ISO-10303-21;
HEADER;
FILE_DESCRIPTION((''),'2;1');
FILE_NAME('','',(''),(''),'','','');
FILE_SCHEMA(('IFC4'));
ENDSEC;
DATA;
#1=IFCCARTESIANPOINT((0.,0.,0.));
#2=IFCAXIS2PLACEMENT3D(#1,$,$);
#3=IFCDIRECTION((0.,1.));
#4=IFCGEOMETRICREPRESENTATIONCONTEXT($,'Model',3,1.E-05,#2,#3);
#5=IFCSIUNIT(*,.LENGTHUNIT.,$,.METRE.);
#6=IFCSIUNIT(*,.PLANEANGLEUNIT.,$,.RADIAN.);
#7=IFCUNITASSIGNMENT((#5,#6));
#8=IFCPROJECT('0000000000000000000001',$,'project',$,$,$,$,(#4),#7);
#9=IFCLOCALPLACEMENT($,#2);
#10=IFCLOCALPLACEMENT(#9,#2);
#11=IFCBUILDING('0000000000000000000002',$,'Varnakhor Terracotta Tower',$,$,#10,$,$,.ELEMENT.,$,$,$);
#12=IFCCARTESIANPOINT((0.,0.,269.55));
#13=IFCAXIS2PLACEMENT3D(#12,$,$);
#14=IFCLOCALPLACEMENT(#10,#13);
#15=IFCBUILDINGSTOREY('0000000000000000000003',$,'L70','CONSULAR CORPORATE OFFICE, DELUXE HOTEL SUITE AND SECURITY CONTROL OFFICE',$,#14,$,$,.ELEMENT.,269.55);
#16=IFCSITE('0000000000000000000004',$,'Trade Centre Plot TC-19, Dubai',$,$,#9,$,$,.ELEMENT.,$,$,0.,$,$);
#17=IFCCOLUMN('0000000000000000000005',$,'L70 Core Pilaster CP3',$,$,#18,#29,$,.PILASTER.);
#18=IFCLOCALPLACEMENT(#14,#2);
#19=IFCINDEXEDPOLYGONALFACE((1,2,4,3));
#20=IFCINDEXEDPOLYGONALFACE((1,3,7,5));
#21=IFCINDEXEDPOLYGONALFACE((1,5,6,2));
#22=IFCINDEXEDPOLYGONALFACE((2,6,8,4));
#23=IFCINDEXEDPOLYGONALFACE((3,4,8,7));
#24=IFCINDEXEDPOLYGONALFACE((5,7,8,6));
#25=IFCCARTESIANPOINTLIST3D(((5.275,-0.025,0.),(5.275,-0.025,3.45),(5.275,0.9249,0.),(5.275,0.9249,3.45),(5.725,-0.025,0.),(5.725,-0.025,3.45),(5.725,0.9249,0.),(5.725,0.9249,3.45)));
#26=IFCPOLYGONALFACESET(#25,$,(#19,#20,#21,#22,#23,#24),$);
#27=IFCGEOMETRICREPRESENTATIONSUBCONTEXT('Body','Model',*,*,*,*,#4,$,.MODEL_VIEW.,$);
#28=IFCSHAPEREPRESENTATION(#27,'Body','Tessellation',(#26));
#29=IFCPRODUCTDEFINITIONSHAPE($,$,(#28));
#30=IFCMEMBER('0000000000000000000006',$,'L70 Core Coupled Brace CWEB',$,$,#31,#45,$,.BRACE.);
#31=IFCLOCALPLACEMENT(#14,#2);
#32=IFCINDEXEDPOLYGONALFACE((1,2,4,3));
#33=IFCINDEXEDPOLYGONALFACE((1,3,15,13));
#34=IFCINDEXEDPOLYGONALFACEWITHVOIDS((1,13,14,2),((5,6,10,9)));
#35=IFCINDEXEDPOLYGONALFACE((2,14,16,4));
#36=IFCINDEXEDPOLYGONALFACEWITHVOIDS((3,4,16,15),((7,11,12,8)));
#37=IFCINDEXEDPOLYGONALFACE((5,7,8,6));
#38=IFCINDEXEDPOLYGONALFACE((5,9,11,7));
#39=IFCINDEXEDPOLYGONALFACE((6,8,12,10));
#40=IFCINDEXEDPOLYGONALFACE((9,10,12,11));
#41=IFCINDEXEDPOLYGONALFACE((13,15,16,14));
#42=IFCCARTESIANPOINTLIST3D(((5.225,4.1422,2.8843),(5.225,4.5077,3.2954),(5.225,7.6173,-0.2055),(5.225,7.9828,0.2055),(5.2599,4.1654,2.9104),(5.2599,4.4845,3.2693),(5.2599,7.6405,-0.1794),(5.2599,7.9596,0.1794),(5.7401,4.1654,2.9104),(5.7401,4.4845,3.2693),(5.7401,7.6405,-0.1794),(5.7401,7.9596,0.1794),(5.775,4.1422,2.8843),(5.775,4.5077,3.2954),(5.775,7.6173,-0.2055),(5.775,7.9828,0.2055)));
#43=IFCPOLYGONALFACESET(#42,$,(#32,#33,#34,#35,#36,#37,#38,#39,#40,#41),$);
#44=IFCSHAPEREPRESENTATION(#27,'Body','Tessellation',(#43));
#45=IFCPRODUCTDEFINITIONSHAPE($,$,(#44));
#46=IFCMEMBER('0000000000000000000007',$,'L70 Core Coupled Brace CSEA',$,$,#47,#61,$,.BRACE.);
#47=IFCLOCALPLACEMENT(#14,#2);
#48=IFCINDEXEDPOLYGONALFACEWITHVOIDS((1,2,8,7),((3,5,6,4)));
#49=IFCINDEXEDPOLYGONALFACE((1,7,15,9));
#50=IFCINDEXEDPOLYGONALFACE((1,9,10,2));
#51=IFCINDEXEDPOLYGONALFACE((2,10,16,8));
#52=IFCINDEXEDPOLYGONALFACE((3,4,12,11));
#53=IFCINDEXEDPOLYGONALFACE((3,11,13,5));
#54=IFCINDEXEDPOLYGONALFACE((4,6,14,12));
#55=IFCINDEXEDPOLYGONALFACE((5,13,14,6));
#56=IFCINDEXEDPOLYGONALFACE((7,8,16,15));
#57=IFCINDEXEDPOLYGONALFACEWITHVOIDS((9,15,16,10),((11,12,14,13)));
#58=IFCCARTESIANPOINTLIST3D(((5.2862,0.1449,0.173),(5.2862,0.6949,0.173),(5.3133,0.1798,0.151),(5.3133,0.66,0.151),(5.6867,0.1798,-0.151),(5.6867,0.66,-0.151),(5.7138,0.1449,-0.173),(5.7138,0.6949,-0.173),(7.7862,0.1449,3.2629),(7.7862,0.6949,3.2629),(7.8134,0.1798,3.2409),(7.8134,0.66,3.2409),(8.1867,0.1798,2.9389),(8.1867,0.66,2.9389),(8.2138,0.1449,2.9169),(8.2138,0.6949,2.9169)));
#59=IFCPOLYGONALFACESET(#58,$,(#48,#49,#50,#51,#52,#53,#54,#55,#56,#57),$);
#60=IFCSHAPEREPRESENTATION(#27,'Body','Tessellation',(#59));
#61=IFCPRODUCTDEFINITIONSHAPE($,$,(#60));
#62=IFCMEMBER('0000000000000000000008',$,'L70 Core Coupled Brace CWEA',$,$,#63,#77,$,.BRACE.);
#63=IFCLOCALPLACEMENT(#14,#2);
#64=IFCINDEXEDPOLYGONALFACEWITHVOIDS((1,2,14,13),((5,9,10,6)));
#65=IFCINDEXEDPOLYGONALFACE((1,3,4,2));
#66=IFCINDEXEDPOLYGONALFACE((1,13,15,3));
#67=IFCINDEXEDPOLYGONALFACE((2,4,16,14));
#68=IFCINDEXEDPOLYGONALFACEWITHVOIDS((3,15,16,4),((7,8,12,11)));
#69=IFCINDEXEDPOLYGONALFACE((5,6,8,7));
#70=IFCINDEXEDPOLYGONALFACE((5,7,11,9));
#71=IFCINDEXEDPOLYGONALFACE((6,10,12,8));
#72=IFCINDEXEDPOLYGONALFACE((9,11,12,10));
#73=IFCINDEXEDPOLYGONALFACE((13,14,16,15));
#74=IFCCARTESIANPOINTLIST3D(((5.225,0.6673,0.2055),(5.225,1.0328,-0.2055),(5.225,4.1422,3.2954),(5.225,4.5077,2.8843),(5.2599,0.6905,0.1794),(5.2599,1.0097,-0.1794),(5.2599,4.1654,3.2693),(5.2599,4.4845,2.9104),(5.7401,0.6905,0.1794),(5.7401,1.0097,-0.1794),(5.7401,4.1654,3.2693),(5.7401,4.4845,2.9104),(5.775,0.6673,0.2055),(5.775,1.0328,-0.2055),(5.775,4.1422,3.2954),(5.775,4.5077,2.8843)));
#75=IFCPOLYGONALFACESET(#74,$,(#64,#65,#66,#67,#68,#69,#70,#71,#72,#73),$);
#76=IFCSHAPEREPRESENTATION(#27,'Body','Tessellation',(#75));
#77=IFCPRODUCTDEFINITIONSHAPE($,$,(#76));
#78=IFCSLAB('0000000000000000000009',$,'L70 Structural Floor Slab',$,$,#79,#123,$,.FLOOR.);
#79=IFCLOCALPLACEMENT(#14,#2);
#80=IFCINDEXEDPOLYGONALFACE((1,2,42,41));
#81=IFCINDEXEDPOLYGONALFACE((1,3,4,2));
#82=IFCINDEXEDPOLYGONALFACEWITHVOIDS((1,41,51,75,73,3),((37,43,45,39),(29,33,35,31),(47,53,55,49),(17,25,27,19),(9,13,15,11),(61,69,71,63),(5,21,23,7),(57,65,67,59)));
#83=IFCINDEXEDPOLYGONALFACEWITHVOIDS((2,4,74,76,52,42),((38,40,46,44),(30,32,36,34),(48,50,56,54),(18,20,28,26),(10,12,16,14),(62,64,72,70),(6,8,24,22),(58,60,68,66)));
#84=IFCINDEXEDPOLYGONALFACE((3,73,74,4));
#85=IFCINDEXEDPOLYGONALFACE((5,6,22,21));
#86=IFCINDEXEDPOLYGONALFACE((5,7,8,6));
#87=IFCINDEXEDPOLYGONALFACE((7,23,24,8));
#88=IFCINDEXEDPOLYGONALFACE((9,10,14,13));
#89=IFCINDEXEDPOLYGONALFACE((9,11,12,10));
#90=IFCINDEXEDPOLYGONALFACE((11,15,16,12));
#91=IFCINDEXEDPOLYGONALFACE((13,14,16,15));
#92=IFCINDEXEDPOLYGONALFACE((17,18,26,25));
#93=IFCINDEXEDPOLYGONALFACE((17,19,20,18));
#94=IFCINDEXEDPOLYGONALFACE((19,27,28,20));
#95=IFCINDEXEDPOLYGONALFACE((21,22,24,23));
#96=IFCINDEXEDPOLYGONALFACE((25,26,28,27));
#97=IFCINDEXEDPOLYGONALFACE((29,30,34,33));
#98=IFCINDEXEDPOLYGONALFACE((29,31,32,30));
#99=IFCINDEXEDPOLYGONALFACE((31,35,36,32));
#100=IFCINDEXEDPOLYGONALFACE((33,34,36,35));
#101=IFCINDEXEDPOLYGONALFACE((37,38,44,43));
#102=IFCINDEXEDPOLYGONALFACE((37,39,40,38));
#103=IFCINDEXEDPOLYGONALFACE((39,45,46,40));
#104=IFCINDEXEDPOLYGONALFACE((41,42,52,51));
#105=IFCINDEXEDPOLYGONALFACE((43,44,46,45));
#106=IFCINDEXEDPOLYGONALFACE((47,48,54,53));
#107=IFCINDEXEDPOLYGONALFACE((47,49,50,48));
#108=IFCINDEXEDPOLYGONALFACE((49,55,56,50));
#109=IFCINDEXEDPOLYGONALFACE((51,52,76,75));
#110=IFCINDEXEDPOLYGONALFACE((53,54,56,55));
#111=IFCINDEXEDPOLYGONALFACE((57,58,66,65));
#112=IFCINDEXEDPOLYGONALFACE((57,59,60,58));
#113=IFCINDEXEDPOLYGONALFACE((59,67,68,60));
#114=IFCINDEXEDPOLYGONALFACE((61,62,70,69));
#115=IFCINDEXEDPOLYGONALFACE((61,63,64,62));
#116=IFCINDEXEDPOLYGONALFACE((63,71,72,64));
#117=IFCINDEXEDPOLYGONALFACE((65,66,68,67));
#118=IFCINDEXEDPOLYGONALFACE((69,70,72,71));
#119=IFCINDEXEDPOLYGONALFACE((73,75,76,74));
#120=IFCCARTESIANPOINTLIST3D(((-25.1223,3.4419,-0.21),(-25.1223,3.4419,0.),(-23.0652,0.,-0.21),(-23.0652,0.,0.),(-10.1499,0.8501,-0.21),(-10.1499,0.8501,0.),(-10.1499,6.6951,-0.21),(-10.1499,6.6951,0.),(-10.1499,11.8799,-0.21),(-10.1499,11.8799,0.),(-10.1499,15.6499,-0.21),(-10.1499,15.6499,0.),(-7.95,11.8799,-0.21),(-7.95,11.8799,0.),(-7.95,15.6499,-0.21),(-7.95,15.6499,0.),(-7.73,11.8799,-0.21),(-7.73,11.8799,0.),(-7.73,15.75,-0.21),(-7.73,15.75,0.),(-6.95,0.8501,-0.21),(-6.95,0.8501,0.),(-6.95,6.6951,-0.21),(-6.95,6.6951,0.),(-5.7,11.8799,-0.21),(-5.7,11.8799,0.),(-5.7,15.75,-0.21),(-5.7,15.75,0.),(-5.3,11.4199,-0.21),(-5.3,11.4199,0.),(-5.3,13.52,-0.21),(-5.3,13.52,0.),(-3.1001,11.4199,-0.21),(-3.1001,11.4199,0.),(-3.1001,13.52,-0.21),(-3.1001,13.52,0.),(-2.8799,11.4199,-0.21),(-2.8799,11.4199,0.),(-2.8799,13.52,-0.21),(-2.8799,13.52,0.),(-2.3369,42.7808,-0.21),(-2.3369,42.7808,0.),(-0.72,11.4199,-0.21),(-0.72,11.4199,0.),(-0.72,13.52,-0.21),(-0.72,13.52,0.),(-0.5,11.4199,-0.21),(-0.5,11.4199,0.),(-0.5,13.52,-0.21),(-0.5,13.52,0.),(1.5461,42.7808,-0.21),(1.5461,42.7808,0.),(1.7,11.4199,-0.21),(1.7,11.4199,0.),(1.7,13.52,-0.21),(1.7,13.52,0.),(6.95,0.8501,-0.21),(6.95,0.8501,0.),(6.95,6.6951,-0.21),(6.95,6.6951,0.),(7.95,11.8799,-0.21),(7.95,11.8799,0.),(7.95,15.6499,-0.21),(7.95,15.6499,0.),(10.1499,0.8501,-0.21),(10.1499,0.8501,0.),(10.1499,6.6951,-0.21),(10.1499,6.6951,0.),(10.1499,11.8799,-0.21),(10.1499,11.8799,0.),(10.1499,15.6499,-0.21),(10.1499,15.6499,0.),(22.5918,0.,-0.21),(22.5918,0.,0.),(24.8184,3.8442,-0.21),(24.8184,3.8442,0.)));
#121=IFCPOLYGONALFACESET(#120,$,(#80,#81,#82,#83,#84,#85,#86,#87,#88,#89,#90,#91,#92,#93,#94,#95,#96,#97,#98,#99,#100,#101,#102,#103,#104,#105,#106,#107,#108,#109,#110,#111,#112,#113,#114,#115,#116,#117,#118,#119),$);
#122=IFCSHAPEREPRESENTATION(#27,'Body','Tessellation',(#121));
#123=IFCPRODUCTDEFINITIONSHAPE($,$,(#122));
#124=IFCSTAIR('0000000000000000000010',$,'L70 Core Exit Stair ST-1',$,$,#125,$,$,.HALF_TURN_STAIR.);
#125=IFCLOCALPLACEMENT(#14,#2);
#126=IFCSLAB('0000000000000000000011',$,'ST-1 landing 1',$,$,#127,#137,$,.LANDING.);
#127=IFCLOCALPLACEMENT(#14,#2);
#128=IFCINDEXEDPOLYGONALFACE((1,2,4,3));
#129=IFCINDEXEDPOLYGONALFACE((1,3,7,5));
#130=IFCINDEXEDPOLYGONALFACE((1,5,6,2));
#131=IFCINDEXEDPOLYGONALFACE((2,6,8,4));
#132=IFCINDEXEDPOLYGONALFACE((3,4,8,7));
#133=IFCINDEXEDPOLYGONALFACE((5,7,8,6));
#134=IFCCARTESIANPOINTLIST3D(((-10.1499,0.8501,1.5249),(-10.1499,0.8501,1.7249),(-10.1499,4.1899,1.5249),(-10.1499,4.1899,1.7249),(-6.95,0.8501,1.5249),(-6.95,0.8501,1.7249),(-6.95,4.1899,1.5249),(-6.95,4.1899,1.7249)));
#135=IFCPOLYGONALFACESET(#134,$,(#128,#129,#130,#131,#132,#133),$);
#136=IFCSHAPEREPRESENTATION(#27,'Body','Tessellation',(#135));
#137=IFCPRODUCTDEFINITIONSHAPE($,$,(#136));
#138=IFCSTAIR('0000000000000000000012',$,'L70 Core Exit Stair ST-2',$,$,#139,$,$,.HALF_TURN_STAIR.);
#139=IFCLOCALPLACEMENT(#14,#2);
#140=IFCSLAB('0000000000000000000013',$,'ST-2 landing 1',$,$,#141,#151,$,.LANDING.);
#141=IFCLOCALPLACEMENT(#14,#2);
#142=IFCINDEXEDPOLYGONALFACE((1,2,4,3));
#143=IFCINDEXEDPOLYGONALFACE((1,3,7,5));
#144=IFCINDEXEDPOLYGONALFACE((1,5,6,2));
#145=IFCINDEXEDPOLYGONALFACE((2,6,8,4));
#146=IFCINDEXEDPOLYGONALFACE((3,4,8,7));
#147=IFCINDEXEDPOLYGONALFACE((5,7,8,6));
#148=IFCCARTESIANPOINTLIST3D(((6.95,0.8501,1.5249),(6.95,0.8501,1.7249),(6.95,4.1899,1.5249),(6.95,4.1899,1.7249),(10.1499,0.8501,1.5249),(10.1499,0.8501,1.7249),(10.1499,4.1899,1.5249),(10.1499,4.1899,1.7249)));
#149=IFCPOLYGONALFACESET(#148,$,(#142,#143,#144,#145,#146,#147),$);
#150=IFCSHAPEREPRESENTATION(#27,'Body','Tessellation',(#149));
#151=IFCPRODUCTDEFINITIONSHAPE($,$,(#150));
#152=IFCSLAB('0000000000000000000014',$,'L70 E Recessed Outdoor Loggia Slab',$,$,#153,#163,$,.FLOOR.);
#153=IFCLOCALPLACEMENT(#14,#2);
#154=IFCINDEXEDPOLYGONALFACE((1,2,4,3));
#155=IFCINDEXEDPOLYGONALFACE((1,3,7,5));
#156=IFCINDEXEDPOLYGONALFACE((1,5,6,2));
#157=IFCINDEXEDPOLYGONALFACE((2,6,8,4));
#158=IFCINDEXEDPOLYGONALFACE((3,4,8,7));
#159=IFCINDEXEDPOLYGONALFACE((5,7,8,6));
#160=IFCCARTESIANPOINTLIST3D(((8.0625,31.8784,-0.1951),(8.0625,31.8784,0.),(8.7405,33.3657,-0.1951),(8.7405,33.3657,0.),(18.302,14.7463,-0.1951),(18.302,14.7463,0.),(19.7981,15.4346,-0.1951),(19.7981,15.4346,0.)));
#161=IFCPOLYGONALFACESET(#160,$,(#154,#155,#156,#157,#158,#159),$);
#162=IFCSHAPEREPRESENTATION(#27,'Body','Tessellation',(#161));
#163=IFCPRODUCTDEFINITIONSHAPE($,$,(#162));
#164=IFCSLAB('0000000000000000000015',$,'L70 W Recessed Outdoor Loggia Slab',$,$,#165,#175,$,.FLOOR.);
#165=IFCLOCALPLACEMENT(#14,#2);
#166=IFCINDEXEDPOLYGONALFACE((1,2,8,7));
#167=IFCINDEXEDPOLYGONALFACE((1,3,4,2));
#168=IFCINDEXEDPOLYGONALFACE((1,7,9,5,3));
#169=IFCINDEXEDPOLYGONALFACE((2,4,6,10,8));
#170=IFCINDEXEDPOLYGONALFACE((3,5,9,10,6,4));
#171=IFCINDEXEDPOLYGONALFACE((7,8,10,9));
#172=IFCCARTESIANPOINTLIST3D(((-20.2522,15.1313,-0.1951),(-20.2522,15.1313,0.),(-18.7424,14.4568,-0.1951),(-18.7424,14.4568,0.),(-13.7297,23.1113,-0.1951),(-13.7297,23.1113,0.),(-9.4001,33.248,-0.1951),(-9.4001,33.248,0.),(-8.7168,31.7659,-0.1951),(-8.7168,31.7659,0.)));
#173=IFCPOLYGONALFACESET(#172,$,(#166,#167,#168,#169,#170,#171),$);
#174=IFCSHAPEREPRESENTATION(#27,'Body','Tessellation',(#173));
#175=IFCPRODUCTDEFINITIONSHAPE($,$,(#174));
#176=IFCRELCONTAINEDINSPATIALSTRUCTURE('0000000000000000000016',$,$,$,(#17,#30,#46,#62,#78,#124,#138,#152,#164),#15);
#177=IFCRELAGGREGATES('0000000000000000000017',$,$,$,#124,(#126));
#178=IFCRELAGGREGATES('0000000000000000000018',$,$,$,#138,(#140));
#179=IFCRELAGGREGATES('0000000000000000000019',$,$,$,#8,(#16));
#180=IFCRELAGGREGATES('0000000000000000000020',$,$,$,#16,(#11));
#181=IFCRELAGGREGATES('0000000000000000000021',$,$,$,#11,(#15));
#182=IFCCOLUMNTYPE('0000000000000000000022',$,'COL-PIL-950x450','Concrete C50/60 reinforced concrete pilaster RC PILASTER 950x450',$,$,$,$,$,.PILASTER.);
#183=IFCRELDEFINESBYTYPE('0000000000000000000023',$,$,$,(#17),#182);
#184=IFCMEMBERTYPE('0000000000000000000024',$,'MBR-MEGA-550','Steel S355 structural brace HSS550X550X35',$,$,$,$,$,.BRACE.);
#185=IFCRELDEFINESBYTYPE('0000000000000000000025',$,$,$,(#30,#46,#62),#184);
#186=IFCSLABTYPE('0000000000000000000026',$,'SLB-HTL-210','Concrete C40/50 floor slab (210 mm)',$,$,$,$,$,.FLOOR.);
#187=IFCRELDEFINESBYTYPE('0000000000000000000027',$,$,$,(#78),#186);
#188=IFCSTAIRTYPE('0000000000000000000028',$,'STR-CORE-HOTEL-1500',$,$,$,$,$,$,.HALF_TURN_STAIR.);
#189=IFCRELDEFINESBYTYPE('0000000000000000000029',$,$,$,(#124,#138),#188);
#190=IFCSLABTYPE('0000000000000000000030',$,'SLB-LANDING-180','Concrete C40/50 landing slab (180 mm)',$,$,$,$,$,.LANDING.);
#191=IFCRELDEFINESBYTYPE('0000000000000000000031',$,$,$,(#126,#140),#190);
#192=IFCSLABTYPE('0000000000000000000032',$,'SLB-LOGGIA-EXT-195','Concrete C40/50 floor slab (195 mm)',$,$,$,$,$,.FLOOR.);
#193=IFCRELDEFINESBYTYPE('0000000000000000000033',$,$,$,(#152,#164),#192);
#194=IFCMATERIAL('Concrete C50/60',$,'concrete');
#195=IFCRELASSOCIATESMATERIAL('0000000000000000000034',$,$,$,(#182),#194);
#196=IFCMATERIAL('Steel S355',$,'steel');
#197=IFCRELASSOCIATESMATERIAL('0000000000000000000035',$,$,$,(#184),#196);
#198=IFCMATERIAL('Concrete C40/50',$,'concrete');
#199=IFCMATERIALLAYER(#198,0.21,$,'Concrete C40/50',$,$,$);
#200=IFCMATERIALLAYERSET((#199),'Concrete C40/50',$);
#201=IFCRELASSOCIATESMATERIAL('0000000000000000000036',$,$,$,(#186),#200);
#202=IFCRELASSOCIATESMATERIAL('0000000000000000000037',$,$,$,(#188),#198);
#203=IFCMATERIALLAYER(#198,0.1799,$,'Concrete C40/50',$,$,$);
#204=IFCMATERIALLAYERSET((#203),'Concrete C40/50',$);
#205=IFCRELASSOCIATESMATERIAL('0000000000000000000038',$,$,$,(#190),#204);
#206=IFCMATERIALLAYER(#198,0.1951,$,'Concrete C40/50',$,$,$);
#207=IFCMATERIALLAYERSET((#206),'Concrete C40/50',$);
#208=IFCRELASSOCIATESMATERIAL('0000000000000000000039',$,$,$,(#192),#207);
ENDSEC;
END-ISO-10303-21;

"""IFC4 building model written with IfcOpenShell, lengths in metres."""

from ifc_helpers import new_model, si_unit, direction, frame, origin, origin_2d, place, context, subcontext, project, spatial, polyline, rectangle, hollow_rectangle, outline, extrude, source, transform, mapped, material, layer, layer_set, material_profile, profile_set, type_object, element, aggregate, save


model = new_model("IFC4")

# Units and contexts
model_context = context("Model", 3, precision=1e-05, world=origin(), true_north=direction((0.0, 1.0)))
body_context = subcontext(model_context, "Body", "Model", "MODEL_VIEW")
ifc_project = project(units=[si_unit("LENGTHUNIT", "METRE"), si_unit("PLANEANGLEUNIT", "RADIAN")], contexts=[model_context])

# Site, building, storey
site_placement = place(None, origin())
site = spatial("IfcSite", under=ifc_project, at=site_placement, Name="Trade Centre Plot TC-19, Dubai", CompositionType="ELEMENT", RefElevation=0.0)
building_placement = place(site_placement, origin())
building = spatial("IfcBuilding", under=site, at=building_placement, Name="Varnakhor Terracotta Tower", CompositionType="ELEMENT")
storey_placement = place(building_placement, frame((0.0, 0.0, 269.55)))
storey = spatial("IfcBuildingStorey", under=building, at=storey_placement, Name="L70", Description="CONSULAR CORPORATE OFFICE, DELUXE HOTEL SUITE AND SECURITY CONTROL OFFICE", CompositionType="ELEMENT", Elevation=269.55)

# Column
ifc_material_1 = material(Name="Concrete C50/60", Category="concrete")
ifc_material_profile_1 = material_profile(ifc_material_1, rectangle(XDim=0.45, YDim=0.95, at=origin_2d()), Name="RC PILASTER 950x450")
ifc_profile_set_1 = profile_set([ifc_material_profile_1], Name="Concrete C50/60")
column_type = type_object("IfcColumnType", Name="COL-PIL-950x450", Description="Concrete C50/60 reinforced concrete pilaster RC PILASTER 950x450", PredefinedType="PILASTER", material=ifc_profile_set_1)
shared_shape_1 = source(origin(), body_context, "Body", "SweptSolid", [
    extrude(rectangle(XDim=0.45, YDim=0.95, at=origin_2d()), origin(), (0.0, 0.0, 1.0), 3.45),
])
column_placement = place(storey_placement, frame((5.5, 0.45, 0.0), z_axis=(0.0, 0.0, 1.0), x_axis=(1.0, 0.0, 0.0)))
element("IfcColumn", 1, at=column_placement, inside=storey, type_object=column_type, Name="L70 Core Pilaster CP3", PredefinedType="PILASTER", context=body_context, shape_type="MappedRepresentation", body=[
    mapped(shared_shape_1, transform((0.0, 0.0, 0.0), scale=1.0)),
])

# Members
ifc_material_2 = material(Name="Steel S355", Category="steel")
ifc_material_profile_2 = material_profile(ifc_material_2, hollow_rectangle(XDim=0.55, YDim=0.55, WallThickness=0.0349, at=origin_2d()), Name="HSS550X550X35")
ifc_profile_set_2 = profile_set([ifc_material_profile_2], Name="Steel S355")
member_type = type_object("IfcMemberType", Name="MBR-MEGA-550", Description="Steel S355 structural brace HSS550X550X35", PredefinedType="BRACE", material=ifc_profile_set_2)
shared_shape_2 = source(origin(), body_context, "Body", "SweptSolid", [
    extrude(hollow_rectangle(XDim=0.55, YDim=0.55, WallThickness=0.0349, at=origin_2d()), origin(), (0.0, 0.0, 1.0), 4.6501),
])
member_1_placement = place(storey_placement, frame((5.5, 7.8, 0.0), z_axis=(0.0, -0.747317, 0.664468), x_axis=(1.0, 0.0, 0.0)))
element("IfcMember", 2, at=member_1_placement, inside=storey, type_object=member_type, Name="L70 Core Coupled Brace CWEB", PredefinedType="BRACE", context=body_context, shape_type="MappedRepresentation", body=[
    mapped(shared_shape_2, transform((0.0, 0.0, 0.0), scale=1.0)),
])
shared_shape_3 = source(origin(), body_context, "Body", "SweptSolid", [
    extrude(hollow_rectangle(XDim=0.55, YDim=0.55, WallThickness=0.0349, at=origin_2d()), origin(), (0.0, 0.0, 1.0), 3.9746),
])
member_2_placement = place(storey_placement, frame((5.5, 0.4199, 0.0), z_axis=(0.629, 0.0, 0.777405), x_axis=(0.0, 1.0, 0.0)))
element("IfcMember", 3, at=member_2_placement, inside=storey, type_object=member_type, Name="L70 Core Coupled Brace CSEA", PredefinedType="BRACE", context=body_context, shape_type="MappedRepresentation", body=[
    mapped(shared_shape_3, transform((0.0, 0.0, 0.0), scale=1.0)),
])
shared_shape_4 = source(origin(), body_context, "Body", "SweptSolid", [
    extrude(hollow_rectangle(XDim=0.55, YDim=0.55, WallThickness=0.0349, at=origin_2d()), origin(), (0.0, 0.0, 1.0), 4.6499),
])
member_3_placement = place(storey_placement, frame((5.5, 0.8501, 0.0), z_axis=(0.0, 0.747293, 0.664494), x_axis=(-1.0, 0.0, 0.0)))
element("IfcMember", 4, at=member_3_placement, inside=storey, type_object=member_type, Name="L70 Core Coupled Brace CWEA", PredefinedType="BRACE", context=body_context, shape_type="MappedRepresentation", body=[
    mapped(shared_shape_4, transform((0.0, 0.0, 0.0), scale=1.0)),
])

# Slab
ifc_material_3 = material(Name="Concrete C40/50", Category="concrete")
ifc_layer_1 = layer(ifc_material_3, 0.21, Name="Concrete C40/50")
ifc_layer_set_1 = layer_set([ifc_layer_1], Name="Concrete C40/50")
slab_type_1 = type_object("IfcSlabType", Name="SLB-HTL-210", Description="Concrete C40/50 floor slab (210 mm)", PredefinedType="FLOOR", material=ifc_layer_set_1)
slab_1_placement = place(storey_placement, frame((0.0, 0.0, -0.21)))
element("IfcSlab", 5, at=slab_1_placement, inside=storey, type_object=slab_type_1, Name="L70 Structural Floor Slab", PredefinedType="FLOOR", context=body_context, shape_type="SweptSolid", body=[
    extrude(outline(polyline([(-25.1223, 3.4419), (-2.3369, 42.7808), (1.5461, 42.7808), (24.8184, 3.8442), (22.5918, 0.0), (-23.0652, 0.0), (-25.1223, 3.4419)]), holes=[polyline([(-6.95, 0.8501), (-6.95, 6.6951), (-10.1499, 6.6951), (-10.1499, 0.8501), (-6.95, 0.8501)]), polyline([(10.1499, 0.8501), (10.1499, 6.6951), (6.95, 6.6951), (6.95, 0.8501), (10.1499, 0.8501)]), polyline([(-3.1001, 11.4199), (-3.1001, 13.52), (-5.3, 13.52), (-5.3, 11.4199), (-3.1001, 11.4199)]), polyline([(-0.72, 11.4199), (-0.72, 13.52), (-2.8799, 13.52), (-2.8799, 11.4199), (-0.72, 11.4199)]), polyline([(1.7, 11.4199), (1.7, 13.52), (-0.5, 13.52), (-0.5, 11.4199), (1.7, 11.4199)]), polyline([(-7.95, 11.8799), (-7.95, 15.6499), (-10.1499, 15.6499), (-10.1499, 11.8799), (-7.95, 11.8799)]), polyline([(10.1499, 11.8799), (10.1499, 15.6499), (7.95, 15.6499), (7.95, 11.8799), (10.1499, 11.8799)]), polyline([(-5.7, 11.8799), (-5.7, 15.75), (-7.73, 15.75), (-7.73, 11.8799), (-5.7, 11.8799)])]), origin(), (0.0, 0.0, 1.0), 0.21),
])

# Stairs, slabs
stair_type = type_object("IfcStairType", Name="STR-CORE-HOTEL-1500", PredefinedType="HALF_TURN_STAIR", material=ifc_material_3)
stair_1_placement = place(storey_placement, origin())
stair_1 = element("IfcStair", 6, at=stair_1_placement, inside=storey, type_object=stair_type, Name="L70 Core Exit Stair ST-1", PredefinedType="HALF_TURN_STAIR")
ifc_layer_2 = layer(ifc_material_3, 0.1799, Name="Concrete C40/50")
ifc_layer_set_2 = layer_set([ifc_layer_2], Name="Concrete C40/50")
slab_type_2 = type_object("IfcSlabType", Name="SLB-LANDING-180", Description="Concrete C40/50 landing slab (180 mm)", PredefinedType="LANDING", material=ifc_layer_set_2)
slab_2_placement = place(storey_placement, frame((0.0, 0.0, 1.5249)))
slab_2 = element("IfcSlab", 7, at=slab_2_placement, type_object=slab_type_2, Name="ST-1 landing 1", PredefinedType="LANDING", context=body_context, shape_type="SweptSolid", body=[
    extrude(outline(polyline([(-10.1499, 4.1899), (-10.1499, 0.8501), (-6.95, 0.8501), (-6.95, 4.1899), (-10.1499, 4.1899)])), origin(), (0.0, 0.0, 1.0), 0.2),
])
aggregate(stair_1, [slab_2])
stair_2_placement = place(storey_placement, origin())
stair_2 = element("IfcStair", 8, at=stair_2_placement, inside=storey, type_object=stair_type, Name="L70 Core Exit Stair ST-2", PredefinedType="HALF_TURN_STAIR")
slab_3_placement = place(storey_placement, frame((0.0, 0.0, 1.5249)))
slab_3 = element("IfcSlab", 9, at=slab_3_placement, type_object=slab_type_2, Name="ST-2 landing 1", PredefinedType="LANDING", context=body_context, shape_type="SweptSolid", body=[
    extrude(outline(polyline([(6.95, 4.1899), (6.95, 0.8501), (10.1499, 0.8501), (10.1499, 4.1899), (6.95, 4.1899)])), origin(), (0.0, 0.0, 1.0), 0.2),
])

# Slabs
ifc_layer_3 = layer(ifc_material_3, 0.1951, Name="Concrete C40/50")
ifc_layer_set_3 = layer_set([ifc_layer_3], Name="Concrete C40/50")
slab_type_3 = type_object("IfcSlabType", Name="SLB-LOGGIA-EXT-195", Description="Concrete C40/50 floor slab (195 mm)", PredefinedType="FLOOR", material=ifc_layer_set_3)
slab_4_placement = place(storey_placement, frame((0.0, 0.0, -0.1951)))
element("IfcSlab", 10, at=slab_4_placement, inside=storey, type_object=slab_type_3, Name="L70 E Recessed Outdoor Loggia Slab", PredefinedType="FLOOR", context=body_context, shape_type="SweptSolid", body=[
    extrude(outline(polyline([(8.7405, 33.3657), (19.7981, 15.4346), (18.302, 14.7463), (8.0625, 31.8784), (8.7405, 33.3657)])), origin(), (0.0, 0.0, 1.0), 0.1951),
])
slab_5_placement = place(storey_placement, frame((0.0, 0.0, -0.1951)))
element("IfcSlab", 11, at=slab_5_placement, inside=storey, type_object=slab_type_3, Name="L70 W Recessed Outdoor Loggia Slab", PredefinedType="FLOOR", context=body_context, shape_type="SweptSolid", body=[
    extrude(outline(polyline([(-20.2522, 15.1313), (-9.4001, 33.248), (-8.7168, 31.7659), (-13.7297, 23.1113), (-18.7424, 14.4568), (-20.2522, 15.1313)])), origin(), (0.0, 0.0, 1.0), 0.1951),
])

aggregate(stair_2, [slab_3])

save(model, "model.ifc")
